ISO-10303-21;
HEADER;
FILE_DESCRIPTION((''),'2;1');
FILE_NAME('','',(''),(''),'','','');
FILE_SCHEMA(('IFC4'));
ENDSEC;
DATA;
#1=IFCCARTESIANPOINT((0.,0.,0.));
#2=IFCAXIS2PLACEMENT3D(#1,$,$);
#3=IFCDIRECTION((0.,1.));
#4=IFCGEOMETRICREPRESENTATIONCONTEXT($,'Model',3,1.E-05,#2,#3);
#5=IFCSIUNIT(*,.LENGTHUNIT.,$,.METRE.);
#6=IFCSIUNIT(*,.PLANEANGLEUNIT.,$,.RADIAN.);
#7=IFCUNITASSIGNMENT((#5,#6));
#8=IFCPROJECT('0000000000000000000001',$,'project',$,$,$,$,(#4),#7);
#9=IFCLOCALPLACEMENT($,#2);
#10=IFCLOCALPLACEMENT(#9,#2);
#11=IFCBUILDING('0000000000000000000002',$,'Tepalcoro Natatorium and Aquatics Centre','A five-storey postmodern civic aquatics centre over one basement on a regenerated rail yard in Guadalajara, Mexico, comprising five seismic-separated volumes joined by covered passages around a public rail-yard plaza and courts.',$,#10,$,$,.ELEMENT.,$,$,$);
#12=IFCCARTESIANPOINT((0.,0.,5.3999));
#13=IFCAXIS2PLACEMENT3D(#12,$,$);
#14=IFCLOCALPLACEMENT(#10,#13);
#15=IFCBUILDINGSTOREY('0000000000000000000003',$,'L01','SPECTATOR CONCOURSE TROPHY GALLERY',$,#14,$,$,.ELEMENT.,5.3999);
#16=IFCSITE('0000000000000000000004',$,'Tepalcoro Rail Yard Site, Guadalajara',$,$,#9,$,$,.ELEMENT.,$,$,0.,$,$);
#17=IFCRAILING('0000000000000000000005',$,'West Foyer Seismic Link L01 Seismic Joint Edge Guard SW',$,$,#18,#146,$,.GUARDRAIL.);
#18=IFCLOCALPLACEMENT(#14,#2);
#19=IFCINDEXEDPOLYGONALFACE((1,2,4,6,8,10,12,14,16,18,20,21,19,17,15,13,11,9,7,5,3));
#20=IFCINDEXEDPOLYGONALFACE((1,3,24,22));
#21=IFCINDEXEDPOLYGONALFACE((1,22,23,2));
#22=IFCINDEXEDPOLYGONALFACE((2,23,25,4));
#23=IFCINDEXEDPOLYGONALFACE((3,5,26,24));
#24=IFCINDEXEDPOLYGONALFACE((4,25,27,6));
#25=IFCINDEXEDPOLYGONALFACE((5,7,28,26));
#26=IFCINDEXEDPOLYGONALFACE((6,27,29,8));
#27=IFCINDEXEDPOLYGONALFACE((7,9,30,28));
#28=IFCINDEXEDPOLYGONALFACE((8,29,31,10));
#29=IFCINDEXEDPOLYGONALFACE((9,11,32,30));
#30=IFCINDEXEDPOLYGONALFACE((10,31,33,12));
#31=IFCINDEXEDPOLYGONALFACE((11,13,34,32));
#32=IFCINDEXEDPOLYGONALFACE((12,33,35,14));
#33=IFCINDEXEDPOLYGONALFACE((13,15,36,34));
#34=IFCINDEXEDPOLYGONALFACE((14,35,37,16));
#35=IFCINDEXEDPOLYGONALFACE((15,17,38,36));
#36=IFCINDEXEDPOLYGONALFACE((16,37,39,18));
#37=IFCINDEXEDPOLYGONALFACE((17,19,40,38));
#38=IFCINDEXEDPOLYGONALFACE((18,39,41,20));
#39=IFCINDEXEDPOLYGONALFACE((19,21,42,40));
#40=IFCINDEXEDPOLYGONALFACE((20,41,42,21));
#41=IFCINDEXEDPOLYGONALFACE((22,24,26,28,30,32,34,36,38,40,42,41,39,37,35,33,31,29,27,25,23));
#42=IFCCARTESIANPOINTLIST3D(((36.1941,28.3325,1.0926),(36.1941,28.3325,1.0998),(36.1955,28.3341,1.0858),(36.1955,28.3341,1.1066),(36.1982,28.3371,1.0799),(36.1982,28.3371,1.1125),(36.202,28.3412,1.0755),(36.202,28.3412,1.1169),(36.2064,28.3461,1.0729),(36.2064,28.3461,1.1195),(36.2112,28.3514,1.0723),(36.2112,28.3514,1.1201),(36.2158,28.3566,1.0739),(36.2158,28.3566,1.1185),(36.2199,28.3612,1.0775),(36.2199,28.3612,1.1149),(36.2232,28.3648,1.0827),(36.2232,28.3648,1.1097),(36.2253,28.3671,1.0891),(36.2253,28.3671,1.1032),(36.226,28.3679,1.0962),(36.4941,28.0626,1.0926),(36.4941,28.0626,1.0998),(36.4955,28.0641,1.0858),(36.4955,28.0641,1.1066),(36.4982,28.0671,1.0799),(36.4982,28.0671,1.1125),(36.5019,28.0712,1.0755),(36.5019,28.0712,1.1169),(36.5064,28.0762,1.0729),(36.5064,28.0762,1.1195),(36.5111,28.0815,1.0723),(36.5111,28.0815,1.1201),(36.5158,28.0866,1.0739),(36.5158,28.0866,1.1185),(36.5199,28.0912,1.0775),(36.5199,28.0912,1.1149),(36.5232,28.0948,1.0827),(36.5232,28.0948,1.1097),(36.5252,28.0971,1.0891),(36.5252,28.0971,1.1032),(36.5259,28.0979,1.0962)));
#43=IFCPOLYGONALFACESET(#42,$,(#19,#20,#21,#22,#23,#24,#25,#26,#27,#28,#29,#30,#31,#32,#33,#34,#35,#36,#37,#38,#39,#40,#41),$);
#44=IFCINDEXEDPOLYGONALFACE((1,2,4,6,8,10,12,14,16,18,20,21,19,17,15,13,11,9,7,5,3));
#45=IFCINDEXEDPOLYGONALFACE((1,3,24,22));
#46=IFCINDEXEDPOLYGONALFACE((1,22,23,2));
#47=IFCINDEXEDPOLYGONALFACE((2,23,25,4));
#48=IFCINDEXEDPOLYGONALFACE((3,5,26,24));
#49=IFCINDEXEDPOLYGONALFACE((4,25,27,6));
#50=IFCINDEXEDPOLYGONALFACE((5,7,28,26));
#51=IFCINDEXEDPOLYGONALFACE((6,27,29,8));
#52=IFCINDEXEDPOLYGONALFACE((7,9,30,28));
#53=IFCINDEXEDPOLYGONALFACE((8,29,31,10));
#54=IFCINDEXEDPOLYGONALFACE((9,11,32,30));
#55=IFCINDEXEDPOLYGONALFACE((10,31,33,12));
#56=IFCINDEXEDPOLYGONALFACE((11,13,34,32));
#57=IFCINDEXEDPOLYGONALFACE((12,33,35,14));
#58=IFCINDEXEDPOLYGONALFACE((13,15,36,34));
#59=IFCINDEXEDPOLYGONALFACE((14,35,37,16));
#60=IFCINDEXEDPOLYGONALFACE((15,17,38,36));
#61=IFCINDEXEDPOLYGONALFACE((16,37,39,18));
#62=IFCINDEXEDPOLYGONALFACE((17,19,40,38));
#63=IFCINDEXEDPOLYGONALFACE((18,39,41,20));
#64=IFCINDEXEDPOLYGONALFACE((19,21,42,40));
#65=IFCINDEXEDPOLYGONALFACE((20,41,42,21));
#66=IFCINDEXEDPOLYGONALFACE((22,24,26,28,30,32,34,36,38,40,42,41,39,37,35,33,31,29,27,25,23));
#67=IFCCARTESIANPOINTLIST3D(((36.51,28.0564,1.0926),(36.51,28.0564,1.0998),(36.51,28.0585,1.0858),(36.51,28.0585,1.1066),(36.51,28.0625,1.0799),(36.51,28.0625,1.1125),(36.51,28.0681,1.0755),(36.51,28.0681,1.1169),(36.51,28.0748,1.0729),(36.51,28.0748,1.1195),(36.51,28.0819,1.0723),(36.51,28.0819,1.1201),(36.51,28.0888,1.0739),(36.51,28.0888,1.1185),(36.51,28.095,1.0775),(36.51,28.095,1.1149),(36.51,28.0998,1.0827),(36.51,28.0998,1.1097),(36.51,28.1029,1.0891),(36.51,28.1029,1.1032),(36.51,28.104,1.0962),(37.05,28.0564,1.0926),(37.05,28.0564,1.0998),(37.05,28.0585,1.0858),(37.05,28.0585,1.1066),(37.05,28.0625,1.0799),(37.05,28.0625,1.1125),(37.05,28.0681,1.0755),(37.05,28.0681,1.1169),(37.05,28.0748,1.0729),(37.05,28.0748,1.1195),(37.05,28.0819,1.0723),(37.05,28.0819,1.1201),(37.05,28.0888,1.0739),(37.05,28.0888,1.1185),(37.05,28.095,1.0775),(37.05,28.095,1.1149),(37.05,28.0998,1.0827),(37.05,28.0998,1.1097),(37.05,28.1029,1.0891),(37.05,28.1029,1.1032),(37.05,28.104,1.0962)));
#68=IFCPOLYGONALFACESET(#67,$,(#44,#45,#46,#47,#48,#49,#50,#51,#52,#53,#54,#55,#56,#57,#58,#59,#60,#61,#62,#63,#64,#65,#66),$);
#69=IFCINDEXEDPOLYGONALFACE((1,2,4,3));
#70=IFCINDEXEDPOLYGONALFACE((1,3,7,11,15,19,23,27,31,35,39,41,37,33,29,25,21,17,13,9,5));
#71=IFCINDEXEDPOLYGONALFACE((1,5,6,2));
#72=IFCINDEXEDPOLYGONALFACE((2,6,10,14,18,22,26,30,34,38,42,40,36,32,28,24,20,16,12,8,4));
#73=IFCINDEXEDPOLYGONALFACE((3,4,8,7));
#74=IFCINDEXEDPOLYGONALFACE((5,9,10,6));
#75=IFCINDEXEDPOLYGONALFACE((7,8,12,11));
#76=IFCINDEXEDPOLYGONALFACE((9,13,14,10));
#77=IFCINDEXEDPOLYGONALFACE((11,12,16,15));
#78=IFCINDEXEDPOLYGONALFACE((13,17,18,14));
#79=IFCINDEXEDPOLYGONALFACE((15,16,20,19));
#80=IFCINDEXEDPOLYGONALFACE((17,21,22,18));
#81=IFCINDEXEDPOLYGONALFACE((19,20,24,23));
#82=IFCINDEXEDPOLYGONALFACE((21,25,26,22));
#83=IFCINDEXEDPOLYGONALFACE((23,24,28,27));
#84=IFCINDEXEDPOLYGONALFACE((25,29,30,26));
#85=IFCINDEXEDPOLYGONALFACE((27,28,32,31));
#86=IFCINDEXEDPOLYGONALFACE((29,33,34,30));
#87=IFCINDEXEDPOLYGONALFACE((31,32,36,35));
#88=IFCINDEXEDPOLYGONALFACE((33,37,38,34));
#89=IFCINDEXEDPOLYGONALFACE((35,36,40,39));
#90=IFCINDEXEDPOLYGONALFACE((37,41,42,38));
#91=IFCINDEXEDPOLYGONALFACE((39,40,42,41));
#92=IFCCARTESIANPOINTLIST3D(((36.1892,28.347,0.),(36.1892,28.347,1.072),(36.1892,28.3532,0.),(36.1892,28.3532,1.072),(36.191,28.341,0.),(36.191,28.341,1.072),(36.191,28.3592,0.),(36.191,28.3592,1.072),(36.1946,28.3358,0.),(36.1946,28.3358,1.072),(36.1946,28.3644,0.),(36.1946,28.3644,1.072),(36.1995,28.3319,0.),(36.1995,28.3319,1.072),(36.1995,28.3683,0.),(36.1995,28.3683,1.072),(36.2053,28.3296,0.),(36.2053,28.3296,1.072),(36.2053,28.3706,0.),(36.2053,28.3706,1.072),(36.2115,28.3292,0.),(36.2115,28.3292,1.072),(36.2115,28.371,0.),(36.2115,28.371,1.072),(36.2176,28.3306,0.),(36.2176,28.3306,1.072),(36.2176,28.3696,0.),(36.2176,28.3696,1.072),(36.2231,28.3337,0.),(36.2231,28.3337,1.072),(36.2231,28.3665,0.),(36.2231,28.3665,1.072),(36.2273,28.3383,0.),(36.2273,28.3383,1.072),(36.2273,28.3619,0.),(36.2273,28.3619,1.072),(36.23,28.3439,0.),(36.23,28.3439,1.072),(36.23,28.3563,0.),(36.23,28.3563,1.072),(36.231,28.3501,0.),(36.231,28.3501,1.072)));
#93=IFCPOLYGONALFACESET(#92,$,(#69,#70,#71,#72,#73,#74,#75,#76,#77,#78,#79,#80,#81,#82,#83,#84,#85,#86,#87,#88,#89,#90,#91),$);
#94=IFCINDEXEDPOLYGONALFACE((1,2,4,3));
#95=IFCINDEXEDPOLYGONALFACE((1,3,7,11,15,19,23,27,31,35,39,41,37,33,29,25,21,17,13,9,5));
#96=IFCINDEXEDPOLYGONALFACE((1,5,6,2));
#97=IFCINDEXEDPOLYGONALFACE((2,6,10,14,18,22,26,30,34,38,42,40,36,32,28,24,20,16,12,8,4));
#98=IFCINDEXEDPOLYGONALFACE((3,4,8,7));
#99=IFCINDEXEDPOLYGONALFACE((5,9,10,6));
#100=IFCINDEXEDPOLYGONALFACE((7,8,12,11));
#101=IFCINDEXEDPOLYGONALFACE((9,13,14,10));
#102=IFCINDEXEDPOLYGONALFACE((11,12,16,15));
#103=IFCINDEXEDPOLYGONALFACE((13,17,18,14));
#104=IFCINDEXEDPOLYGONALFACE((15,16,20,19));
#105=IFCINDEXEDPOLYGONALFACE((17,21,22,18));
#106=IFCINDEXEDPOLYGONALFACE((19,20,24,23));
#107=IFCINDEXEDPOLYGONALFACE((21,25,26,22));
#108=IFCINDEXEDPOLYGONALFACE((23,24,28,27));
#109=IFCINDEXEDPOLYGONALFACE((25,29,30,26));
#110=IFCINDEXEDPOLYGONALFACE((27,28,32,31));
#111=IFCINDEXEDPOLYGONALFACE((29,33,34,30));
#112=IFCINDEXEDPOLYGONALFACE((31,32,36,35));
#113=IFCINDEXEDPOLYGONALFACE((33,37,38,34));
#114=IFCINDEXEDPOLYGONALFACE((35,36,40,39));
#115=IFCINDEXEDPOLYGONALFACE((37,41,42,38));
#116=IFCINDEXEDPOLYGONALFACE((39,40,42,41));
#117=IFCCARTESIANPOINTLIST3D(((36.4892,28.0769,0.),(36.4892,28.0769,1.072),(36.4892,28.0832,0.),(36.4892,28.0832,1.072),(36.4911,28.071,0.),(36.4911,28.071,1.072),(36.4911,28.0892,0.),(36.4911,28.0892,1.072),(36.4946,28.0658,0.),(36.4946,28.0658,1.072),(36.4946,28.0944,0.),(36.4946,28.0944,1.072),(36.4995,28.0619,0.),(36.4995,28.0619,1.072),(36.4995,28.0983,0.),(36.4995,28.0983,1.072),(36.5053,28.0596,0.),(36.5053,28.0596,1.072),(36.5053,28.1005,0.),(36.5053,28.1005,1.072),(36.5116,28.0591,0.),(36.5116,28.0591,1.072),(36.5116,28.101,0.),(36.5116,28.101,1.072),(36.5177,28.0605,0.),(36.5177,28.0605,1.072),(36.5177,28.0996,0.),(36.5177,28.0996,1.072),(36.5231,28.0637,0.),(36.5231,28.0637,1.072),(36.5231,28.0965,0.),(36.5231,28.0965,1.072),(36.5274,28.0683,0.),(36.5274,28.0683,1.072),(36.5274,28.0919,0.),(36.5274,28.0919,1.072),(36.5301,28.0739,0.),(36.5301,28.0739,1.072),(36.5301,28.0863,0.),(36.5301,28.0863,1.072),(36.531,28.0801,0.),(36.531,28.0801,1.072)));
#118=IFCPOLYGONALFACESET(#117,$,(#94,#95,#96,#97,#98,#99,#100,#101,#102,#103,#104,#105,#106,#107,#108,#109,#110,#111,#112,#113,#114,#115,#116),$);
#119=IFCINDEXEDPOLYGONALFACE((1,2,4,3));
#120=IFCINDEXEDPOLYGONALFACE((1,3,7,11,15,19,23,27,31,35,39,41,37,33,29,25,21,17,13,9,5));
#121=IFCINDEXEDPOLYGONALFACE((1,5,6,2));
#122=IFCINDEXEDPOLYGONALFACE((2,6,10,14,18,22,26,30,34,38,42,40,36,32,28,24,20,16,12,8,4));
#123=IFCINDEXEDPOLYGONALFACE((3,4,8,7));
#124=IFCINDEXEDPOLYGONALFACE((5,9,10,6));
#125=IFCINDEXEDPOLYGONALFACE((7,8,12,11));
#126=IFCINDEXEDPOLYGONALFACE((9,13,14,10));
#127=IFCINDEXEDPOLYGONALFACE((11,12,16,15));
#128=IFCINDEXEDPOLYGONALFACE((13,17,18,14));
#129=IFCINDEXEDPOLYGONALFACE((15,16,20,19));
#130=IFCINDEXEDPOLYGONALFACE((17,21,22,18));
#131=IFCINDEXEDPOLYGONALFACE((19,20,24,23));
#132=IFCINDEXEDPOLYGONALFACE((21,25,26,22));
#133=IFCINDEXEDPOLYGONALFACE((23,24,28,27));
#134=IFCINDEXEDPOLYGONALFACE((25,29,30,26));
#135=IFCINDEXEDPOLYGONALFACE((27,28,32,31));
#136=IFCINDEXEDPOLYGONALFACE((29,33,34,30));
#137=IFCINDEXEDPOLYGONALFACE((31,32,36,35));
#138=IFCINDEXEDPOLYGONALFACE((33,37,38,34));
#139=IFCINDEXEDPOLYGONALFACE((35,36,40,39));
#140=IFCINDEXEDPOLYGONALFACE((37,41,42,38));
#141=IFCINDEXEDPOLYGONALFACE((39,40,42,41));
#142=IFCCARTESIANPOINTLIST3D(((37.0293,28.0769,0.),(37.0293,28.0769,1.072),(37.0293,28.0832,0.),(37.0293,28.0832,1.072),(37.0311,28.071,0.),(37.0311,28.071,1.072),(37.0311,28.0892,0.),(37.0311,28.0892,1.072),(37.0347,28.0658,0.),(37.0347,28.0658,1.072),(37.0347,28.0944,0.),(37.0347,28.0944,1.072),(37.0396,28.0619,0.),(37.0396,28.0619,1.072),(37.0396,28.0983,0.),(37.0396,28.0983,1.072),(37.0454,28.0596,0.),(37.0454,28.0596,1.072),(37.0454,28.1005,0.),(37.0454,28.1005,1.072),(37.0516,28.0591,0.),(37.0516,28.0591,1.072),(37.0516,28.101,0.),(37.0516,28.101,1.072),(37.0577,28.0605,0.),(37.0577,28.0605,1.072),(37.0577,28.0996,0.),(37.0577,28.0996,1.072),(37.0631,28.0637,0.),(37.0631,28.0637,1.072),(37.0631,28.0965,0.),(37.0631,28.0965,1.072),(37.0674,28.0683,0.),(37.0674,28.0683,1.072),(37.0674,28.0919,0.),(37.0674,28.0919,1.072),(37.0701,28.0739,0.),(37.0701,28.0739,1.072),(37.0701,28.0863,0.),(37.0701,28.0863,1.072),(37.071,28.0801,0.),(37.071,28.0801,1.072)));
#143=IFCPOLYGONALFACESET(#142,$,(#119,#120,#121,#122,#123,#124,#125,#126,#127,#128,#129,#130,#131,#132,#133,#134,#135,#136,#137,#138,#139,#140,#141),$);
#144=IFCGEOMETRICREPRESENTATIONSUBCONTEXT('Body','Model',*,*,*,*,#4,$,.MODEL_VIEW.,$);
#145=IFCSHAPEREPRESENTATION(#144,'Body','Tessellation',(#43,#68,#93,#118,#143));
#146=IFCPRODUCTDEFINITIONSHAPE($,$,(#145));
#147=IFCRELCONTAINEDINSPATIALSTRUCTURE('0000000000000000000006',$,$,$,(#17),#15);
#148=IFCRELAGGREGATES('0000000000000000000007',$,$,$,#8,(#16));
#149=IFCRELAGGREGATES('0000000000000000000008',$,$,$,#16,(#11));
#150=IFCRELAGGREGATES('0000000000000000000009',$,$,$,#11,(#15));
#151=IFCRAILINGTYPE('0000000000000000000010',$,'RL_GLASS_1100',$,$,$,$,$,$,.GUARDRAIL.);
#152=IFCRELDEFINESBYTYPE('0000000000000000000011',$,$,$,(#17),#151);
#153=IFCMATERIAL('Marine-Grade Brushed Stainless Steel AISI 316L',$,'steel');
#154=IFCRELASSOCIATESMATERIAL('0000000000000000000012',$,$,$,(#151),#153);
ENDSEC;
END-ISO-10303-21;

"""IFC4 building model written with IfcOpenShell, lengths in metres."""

from ifc_helpers import new_model, si_unit, direction, frame, origin, origin_2d, place, context, subcontext, project, spatial, circle, extrude, material, type_object, element, save


model = new_model("IFC4")

# Units and contexts
model_context = context("Model", 3, precision=1e-05, world=origin(), true_north=direction((0.0, 1.0)))
body_context = subcontext(model_context, "Body", "Model", "MODEL_VIEW")
ifc_project = project(units=[si_unit("LENGTHUNIT", "METRE"), si_unit("PLANEANGLEUNIT", "RADIAN")], contexts=[model_context])

# Site, building, storey
site_placement = place(None, origin())
site = spatial("IfcSite", under=ifc_project, at=site_placement, Name="Tepalcoro Rail Yard Site, Guadalajara", CompositionType="ELEMENT", RefElevation=0.0)
building_placement = place(site_placement, origin())
building = spatial("IfcBuilding", under=site, at=building_placement, Name="Tepalcoro Natatorium and Aquatics Centre", Description="A five-storey postmodern civic aquatics centre over one basement on a regenerated rail yard in Guadalajara, Mexico, comprising five seismic-separated volumes joined by covered passages around a public rail-yard plaza and courts.", CompositionType="ELEMENT")
storey_placement = place(building_placement, frame((0.0, 0.0, 5.3999)))
storey = spatial("IfcBuildingStorey", under=building, at=storey_placement, Name="L01", Description="SPECTATOR CONCOURSE TROPHY GALLERY", CompositionType="ELEMENT", Elevation=5.3999)

# Railing
ifc_material_1 = material(Name="Marine-Grade Brushed Stainless Steel AISI 316L", Category="steel")
railing_type = type_object("IfcRailingType", Name="RL_GLASS_1100", PredefinedType="GUARDRAIL", material=ifc_material_1)
railing_1_placement = place(storey_placement, frame((36.21, 28.3501, 0.0)))
element("IfcRailing", 1, at=railing_1_placement, inside=storey, type_object=railing_type, Name="West Foyer Seismic Link L01 Seismic Joint Edge Guard SW", PredefinedType="GUARDRAIL", context=body_context, shape_type="SweptSolid", body=[
    extrude(circle(Radius=0.0239, at=origin_2d()), frame((0.0, 0.0, 1.0962), z_axis=(0.743324, -0.668931, 0.0), x_axis=(0.668931, 0.743324, 0.0)), (0.0, 0.0, 1.0), 0.4036),
    extrude(circle(Radius=0.0239, at=origin_2d()), frame((0.3, -0.27, 1.0962), z_axis=(1.0, 0.0, 0.0), x_axis=(0.0, 1.0, 0.0)), (0.0, 0.0, 1.0), 0.54),
    extrude(circle(Radius=0.021, at=origin_2d()), origin(), (0.0, 0.0, 1.0), 1.072),
    extrude(circle(Radius=0.021, at=origin_2d()), frame((0.3, -0.27, 0.0)), (0.0, 0.0, 1.0), 1.072),
    extrude(circle(Radius=0.021, at=origin_2d()), frame((0.8401, -0.27, 0.0)), (0.0, 0.0, 1.0), 1.072),
])

save(model, "model.ifc")
